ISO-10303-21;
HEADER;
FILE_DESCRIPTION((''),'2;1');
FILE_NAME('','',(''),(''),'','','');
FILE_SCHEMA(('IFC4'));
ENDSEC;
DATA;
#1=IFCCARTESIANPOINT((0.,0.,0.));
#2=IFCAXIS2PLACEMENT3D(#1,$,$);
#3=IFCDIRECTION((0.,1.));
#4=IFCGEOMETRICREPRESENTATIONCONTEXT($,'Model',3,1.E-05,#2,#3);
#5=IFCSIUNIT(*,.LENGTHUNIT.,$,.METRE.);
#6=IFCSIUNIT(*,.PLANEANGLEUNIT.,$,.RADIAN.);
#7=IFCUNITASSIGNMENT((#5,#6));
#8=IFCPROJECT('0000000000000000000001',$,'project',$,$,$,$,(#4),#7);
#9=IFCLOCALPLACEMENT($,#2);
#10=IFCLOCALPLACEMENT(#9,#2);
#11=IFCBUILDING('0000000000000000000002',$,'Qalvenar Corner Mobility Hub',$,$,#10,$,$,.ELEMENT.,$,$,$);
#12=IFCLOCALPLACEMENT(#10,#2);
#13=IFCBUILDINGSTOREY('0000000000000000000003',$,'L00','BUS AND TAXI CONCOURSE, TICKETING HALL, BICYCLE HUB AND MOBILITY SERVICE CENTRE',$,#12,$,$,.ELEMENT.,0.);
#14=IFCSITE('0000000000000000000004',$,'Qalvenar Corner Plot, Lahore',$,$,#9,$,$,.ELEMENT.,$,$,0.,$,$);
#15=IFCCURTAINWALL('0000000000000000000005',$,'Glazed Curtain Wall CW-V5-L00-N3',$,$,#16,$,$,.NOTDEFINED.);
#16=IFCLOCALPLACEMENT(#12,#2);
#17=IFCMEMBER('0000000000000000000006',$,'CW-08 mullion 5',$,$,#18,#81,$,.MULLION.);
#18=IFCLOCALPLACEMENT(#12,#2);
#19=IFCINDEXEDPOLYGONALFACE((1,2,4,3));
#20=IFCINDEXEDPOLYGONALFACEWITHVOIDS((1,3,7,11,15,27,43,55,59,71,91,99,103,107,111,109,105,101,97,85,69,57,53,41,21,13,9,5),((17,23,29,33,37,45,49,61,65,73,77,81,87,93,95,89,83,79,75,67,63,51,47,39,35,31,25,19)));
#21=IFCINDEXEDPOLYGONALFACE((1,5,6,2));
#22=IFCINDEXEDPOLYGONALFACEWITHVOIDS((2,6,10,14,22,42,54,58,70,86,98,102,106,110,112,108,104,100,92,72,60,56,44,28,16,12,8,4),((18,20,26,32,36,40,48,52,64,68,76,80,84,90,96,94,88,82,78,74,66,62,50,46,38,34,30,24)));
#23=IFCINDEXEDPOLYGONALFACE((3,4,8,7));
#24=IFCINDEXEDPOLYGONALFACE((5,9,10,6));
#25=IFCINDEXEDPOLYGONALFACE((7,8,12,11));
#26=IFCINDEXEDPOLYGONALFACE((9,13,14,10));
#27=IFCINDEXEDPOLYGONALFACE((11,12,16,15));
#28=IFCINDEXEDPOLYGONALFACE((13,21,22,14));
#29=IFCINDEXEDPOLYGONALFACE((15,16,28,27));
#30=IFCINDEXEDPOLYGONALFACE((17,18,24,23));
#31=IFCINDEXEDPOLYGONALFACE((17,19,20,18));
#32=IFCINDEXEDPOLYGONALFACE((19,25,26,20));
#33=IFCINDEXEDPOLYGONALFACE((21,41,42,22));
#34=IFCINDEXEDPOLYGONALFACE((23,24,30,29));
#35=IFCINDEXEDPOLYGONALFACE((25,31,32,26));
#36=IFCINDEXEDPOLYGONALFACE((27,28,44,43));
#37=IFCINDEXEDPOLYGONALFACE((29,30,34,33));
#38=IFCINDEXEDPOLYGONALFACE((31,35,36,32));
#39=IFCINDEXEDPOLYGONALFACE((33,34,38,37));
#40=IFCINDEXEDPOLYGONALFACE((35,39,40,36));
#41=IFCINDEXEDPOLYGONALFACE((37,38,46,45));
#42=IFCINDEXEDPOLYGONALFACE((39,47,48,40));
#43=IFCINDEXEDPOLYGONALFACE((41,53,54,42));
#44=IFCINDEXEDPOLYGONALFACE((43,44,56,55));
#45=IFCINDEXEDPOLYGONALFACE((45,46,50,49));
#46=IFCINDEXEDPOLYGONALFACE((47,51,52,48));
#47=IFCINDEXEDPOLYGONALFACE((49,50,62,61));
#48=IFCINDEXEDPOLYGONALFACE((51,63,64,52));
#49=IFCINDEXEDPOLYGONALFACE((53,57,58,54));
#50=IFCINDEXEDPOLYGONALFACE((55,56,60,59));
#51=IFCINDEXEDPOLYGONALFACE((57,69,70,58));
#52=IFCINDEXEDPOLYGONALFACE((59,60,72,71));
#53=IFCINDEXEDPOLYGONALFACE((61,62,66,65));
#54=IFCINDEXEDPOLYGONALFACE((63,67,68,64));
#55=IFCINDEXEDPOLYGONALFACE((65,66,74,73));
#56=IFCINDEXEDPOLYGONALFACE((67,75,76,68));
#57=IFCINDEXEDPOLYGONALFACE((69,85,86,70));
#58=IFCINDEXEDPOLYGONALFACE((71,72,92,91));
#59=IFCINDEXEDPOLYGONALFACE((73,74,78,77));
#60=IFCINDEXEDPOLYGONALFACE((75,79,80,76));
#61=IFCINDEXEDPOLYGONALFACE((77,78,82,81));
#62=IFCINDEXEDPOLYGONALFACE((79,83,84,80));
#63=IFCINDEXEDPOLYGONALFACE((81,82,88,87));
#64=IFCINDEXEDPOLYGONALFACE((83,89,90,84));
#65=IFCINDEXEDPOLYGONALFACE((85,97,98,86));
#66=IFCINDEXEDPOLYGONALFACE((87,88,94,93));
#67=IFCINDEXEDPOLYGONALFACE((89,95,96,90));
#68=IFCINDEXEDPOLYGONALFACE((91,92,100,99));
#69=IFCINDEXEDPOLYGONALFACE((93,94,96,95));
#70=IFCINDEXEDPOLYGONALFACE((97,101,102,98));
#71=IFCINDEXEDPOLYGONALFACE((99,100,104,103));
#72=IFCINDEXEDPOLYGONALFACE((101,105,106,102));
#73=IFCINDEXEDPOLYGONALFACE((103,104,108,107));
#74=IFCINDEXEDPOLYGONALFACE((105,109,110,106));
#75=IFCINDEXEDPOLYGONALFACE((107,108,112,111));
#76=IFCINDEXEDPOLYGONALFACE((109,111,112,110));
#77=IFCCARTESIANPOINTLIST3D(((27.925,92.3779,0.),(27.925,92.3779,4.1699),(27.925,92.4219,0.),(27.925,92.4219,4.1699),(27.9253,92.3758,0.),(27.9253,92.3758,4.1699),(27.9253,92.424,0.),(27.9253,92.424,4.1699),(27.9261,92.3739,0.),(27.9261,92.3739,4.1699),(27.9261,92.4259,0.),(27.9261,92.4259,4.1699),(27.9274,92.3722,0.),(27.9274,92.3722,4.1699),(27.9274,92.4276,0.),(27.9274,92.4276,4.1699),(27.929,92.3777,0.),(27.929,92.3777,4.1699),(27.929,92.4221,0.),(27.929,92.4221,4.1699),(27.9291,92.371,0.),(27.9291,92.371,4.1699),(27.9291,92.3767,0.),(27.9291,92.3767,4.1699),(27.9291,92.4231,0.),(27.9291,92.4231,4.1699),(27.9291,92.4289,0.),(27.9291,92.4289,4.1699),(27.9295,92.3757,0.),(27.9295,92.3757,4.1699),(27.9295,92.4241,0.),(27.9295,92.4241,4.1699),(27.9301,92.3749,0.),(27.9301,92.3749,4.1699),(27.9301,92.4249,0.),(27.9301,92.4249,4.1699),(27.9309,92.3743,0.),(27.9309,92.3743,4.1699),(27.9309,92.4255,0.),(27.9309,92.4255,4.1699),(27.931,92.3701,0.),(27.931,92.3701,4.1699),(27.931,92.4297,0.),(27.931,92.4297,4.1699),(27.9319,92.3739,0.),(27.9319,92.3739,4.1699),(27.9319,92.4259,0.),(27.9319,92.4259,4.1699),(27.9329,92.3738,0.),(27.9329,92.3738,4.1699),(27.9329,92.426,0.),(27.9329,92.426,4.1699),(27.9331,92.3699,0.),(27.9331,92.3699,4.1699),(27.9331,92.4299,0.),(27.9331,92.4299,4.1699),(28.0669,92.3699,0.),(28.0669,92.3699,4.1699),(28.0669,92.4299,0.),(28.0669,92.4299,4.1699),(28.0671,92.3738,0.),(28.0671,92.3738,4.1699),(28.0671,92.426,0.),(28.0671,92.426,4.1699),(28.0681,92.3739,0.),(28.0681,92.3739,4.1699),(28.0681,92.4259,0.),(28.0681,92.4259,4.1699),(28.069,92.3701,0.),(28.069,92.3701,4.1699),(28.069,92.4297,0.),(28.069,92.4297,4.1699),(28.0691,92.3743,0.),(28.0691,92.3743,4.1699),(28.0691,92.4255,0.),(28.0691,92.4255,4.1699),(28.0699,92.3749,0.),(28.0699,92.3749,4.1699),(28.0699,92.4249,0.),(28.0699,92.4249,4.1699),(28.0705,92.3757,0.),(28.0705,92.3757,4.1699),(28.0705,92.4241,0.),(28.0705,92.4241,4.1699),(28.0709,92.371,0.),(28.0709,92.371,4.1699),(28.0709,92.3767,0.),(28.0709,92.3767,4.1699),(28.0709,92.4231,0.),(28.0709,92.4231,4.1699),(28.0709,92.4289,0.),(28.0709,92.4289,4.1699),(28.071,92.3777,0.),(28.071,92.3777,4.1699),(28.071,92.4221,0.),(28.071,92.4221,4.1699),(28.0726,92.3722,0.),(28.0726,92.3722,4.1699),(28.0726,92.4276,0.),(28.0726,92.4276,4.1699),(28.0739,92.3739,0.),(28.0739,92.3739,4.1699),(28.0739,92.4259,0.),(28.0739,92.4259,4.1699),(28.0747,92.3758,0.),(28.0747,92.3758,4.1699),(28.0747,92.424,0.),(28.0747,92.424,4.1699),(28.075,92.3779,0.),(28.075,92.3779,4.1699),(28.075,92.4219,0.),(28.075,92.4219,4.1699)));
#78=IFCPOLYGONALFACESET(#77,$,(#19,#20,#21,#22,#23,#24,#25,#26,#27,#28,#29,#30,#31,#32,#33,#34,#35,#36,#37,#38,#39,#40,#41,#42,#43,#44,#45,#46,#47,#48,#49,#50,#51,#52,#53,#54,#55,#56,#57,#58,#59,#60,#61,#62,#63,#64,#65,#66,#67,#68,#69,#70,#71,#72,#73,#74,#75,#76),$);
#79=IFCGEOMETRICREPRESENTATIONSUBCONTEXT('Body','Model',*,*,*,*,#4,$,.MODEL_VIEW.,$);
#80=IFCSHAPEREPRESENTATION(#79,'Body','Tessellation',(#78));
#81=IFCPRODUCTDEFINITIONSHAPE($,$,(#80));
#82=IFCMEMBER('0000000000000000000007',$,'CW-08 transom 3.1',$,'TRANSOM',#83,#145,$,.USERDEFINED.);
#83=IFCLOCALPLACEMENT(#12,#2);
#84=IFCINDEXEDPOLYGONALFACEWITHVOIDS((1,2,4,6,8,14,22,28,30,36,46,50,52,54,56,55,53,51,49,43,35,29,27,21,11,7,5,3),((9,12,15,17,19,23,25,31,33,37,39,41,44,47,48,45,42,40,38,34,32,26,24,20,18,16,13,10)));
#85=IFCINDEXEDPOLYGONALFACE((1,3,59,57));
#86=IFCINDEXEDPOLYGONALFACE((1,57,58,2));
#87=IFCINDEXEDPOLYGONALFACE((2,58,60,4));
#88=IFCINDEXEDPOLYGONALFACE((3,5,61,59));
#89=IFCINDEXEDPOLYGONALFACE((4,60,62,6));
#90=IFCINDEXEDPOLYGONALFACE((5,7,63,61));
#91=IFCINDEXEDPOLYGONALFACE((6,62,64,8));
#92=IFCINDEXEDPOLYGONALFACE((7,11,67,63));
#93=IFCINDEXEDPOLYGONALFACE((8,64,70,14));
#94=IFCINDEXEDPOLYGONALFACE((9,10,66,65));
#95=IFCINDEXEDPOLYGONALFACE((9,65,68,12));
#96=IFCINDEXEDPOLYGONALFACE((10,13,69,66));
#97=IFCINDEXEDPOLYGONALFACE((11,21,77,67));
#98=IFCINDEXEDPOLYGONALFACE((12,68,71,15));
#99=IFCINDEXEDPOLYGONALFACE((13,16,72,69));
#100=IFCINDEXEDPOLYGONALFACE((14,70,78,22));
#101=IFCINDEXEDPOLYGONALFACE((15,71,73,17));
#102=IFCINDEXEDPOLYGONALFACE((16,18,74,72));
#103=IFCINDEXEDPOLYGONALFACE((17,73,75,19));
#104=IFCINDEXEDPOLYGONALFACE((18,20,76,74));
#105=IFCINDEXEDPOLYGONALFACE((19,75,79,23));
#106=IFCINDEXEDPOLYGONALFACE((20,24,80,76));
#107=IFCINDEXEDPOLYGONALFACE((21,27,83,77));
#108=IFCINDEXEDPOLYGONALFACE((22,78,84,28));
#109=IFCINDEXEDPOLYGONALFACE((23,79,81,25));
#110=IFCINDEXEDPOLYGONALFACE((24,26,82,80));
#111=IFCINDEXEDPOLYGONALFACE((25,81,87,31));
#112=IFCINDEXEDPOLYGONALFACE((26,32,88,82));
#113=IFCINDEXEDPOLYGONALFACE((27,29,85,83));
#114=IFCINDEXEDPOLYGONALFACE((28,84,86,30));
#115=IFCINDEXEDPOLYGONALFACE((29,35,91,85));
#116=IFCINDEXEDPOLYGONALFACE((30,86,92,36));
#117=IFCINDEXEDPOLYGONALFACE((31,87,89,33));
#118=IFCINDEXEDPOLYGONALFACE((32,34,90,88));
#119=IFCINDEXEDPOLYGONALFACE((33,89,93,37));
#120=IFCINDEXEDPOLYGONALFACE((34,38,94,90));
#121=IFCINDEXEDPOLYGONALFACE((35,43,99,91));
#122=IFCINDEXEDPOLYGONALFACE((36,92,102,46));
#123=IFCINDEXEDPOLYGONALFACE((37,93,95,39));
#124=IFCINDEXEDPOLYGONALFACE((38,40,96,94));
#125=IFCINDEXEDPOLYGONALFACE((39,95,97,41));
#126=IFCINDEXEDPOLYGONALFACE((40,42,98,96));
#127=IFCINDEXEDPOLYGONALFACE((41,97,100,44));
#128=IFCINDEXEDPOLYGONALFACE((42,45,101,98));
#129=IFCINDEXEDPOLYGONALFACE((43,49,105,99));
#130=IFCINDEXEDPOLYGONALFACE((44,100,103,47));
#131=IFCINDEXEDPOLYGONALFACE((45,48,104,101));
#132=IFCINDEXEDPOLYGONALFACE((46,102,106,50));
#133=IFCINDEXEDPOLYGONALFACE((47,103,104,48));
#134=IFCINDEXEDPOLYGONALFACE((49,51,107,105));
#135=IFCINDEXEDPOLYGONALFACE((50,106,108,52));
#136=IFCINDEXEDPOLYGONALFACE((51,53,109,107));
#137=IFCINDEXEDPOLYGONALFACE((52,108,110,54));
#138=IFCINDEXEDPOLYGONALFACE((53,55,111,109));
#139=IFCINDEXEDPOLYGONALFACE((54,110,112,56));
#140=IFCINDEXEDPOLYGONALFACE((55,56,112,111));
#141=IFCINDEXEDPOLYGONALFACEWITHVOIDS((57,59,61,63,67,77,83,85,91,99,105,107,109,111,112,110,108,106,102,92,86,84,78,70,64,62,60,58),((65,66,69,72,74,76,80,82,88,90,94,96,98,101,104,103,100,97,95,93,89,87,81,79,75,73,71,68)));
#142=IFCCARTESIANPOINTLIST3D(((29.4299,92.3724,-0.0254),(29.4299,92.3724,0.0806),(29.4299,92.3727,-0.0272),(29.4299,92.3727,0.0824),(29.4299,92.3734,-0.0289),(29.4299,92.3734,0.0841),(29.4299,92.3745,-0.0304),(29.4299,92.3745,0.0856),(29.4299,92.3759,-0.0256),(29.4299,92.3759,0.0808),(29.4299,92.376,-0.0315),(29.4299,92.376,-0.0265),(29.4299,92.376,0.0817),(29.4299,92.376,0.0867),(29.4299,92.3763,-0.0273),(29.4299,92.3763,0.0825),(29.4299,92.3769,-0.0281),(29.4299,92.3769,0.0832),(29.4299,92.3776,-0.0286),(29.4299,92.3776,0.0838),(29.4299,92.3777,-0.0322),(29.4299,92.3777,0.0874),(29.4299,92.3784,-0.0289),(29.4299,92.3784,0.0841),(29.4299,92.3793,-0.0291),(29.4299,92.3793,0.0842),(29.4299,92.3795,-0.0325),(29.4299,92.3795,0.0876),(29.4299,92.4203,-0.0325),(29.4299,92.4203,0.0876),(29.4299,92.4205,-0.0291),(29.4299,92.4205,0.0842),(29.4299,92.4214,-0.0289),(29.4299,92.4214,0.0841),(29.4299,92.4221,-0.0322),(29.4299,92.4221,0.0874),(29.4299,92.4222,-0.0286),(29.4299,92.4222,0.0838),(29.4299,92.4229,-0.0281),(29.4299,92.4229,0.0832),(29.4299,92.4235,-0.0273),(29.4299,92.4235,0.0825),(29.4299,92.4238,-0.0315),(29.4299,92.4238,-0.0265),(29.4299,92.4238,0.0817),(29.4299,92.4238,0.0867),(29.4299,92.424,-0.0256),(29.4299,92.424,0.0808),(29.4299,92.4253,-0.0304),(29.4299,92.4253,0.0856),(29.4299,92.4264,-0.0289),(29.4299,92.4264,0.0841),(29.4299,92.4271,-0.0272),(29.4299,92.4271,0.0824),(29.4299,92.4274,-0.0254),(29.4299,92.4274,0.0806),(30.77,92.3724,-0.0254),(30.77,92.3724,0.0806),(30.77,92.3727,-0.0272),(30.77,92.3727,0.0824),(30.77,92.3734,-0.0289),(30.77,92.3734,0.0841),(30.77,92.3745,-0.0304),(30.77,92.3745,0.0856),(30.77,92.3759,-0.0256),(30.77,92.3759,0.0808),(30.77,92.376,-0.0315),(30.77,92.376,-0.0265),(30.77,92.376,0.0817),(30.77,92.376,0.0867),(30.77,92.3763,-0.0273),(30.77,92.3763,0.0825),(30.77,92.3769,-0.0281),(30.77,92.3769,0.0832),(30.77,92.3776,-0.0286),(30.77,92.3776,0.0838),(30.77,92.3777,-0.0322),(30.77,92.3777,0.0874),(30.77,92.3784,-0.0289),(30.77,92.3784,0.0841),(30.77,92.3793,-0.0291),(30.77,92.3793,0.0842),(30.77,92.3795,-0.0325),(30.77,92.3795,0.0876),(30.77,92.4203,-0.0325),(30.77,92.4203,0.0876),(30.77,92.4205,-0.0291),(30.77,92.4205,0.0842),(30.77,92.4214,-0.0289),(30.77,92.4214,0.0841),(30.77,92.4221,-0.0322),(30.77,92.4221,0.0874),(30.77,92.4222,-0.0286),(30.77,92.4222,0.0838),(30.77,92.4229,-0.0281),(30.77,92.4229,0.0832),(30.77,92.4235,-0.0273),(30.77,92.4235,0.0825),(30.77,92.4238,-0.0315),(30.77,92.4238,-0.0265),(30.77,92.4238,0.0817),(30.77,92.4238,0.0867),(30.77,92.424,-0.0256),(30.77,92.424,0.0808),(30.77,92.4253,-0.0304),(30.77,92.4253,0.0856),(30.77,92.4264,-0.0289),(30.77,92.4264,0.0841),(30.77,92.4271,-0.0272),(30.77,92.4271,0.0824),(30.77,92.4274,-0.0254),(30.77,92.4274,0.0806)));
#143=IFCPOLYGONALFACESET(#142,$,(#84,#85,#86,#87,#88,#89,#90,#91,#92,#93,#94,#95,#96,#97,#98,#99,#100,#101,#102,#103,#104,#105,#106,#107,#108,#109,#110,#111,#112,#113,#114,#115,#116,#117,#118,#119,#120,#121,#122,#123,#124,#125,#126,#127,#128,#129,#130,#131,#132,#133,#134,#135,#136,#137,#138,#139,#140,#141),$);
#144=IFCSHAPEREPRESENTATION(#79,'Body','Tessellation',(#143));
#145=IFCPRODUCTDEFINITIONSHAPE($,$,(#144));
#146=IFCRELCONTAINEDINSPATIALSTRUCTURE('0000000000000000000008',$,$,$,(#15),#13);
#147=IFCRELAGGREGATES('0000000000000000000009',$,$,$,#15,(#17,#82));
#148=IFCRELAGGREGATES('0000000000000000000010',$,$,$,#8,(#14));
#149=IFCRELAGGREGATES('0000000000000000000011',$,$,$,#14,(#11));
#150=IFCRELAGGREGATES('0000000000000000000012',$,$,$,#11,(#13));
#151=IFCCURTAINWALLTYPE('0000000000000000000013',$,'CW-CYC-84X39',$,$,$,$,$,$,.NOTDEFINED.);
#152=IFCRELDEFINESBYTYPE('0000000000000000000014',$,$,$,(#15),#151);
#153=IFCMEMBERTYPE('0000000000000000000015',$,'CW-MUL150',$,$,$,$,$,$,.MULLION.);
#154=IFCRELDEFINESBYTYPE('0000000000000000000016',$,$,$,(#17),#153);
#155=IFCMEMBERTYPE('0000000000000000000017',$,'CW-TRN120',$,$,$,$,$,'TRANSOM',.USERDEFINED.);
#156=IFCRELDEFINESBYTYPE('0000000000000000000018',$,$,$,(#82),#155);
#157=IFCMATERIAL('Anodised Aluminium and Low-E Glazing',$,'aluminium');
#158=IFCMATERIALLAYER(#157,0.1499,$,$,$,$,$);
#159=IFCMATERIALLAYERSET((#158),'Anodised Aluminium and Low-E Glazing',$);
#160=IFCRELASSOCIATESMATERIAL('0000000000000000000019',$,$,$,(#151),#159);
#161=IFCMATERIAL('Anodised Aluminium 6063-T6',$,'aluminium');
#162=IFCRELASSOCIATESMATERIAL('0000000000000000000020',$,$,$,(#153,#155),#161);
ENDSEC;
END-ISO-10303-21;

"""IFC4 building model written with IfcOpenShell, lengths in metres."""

from ifc_helpers import new_model, si_unit, direction, frame, origin, origin_2d, place, context, subcontext, project, spatial, hollow_rectangle, extrude, material, layer, layer_set, material_profile, profile_set, type_object, element, aggregate, save


model = new_model("IFC4")

# Units and contexts
model_context = context("Model", 3, precision=1e-05, world=origin(), true_north=direction((0.0, 1.0)))
body_context = subcontext(model_context, "Body", "Model", "MODEL_VIEW")
ifc_project = project(units=[si_unit("LENGTHUNIT", "METRE"), si_unit("PLANEANGLEUNIT", "RADIAN")], contexts=[model_context])

# Site, building, storey
site_placement = place(None, origin())
site = spatial("IfcSite", under=ifc_project, at=site_placement, Name="Qalvenar Corner Plot, Lahore", CompositionType="ELEMENT", RefElevation=0.0)
building_placement = place(site_placement, origin())
building = spatial("IfcBuilding", under=site, at=building_placement, Name="Qalvenar Corner Mobility Hub", CompositionType="ELEMENT")
storey_placement = place(building_placement, origin())
storey = spatial("IfcBuildingStorey", under=building, at=storey_placement, Name="L00", Description="BUS AND TAXI CONCOURSE, TICKETING HALL, BICYCLE HUB AND MOBILITY SERVICE CENTRE", CompositionType="ELEMENT", Elevation=0.0)

# Curtain wall, members
ifc_material_1 = material(Name="Anodised Aluminium and Low-E Glazing", Category="aluminium")
ifc_layer_1 = layer(ifc_material_1, 0.1499)
ifc_layer_set_1 = layer_set([ifc_layer_1], Name="Anodised Aluminium and Low-E Glazing")
curtain_wall_type = type_object("IfcCurtainWallType", Name="CW-CYC-84X39", PredefinedType="NOTDEFINED", material=ifc_layer_set_1)
curtain_wall_placement = place(storey_placement, origin())
curtain_wall = element("IfcCurtainWall", 1, at=curtain_wall_placement, inside=storey, type_object=curtain_wall_type, Name="Glazed Curtain Wall CW-V5-L00-N3", PredefinedType="NOTDEFINED")
ifc_material_2 = material(Name="Anodised Aluminium 6063-T6", Category="aluminium")
ifc_material_profile_1 = material_profile(ifc_material_2, hollow_rectangle(XDim=0.0601, YDim=0.1499, WallThickness=0.0039, InnerFilletRadius=0.0039, OuterFilletRadius=0.0081, at=origin_2d()), Name="RHS150x60x4")
ifc_profile_set_1 = profile_set([ifc_material_profile_1], Name="Anodised Aluminium 6063-T6")
member_type_1 = type_object("IfcMemberType", Name="CW-MUL150", PredefinedType="MULLION", material=ifc_profile_set_1)
member_1_placement = place(storey_placement, frame((28.0, 92.3999, 0.0), z_axis=(0.0, 0.0, 1.0), x_axis=(0.0, -1.0, 0.0)))
member_1 = element("IfcMember", 2, at=member_1_placement, type_object=member_type_1, Name="CW-08 mullion 5", PredefinedType="MULLION", context=body_context, shape_type="SweptSolid", body=[
    extrude(hollow_rectangle(XDim=0.0601, YDim=0.1499, WallThickness=0.0039, InnerFilletRadius=0.0039, OuterFilletRadius=0.0081, at=origin_2d()), origin(), (0.0, 0.0, 1.0), 4.1699),
])
ifc_material_profile_2 = material_profile(ifc_material_2, hollow_rectangle(XDim=0.0549, YDim=0.1201, WallThickness=0.0034, InnerFilletRadius=0.0034, OuterFilletRadius=0.0071, at=origin_2d()), Name="RHS120x55x3.5")
ifc_profile_set_2 = profile_set([ifc_material_profile_2], Name="Anodised Aluminium 6063-T6")
member_type_2 = type_object("IfcMemberType", Name="CW-TRN120", ElementType="TRANSOM", PredefinedType="USERDEFINED", material=ifc_profile_set_2)
member_2_placement = place(storey_placement, frame((30.77, 92.3999, 0.0276), z_axis=(-1.0, 0.0, 0.0), x_axis=(0.0, -1.0, 0.0)))
member_2 = element("IfcMember", 3, at=member_2_placement, type_object=member_type_2, Name="CW-08 transom 3.1", ObjectType="TRANSOM", PredefinedType="USERDEFINED", context=body_context, shape_type="SweptSolid", body=[
    extrude(hollow_rectangle(XDim=0.0549, YDim=0.1201, WallThickness=0.0034, InnerFilletRadius=0.0034, OuterFilletRadius=0.0071, at=origin_2d()), origin(), (0.0, 0.0, 1.0), 1.3401),
])
aggregate(curtain_wall, [member_1, member_2])

save(model, "model.ifc")
